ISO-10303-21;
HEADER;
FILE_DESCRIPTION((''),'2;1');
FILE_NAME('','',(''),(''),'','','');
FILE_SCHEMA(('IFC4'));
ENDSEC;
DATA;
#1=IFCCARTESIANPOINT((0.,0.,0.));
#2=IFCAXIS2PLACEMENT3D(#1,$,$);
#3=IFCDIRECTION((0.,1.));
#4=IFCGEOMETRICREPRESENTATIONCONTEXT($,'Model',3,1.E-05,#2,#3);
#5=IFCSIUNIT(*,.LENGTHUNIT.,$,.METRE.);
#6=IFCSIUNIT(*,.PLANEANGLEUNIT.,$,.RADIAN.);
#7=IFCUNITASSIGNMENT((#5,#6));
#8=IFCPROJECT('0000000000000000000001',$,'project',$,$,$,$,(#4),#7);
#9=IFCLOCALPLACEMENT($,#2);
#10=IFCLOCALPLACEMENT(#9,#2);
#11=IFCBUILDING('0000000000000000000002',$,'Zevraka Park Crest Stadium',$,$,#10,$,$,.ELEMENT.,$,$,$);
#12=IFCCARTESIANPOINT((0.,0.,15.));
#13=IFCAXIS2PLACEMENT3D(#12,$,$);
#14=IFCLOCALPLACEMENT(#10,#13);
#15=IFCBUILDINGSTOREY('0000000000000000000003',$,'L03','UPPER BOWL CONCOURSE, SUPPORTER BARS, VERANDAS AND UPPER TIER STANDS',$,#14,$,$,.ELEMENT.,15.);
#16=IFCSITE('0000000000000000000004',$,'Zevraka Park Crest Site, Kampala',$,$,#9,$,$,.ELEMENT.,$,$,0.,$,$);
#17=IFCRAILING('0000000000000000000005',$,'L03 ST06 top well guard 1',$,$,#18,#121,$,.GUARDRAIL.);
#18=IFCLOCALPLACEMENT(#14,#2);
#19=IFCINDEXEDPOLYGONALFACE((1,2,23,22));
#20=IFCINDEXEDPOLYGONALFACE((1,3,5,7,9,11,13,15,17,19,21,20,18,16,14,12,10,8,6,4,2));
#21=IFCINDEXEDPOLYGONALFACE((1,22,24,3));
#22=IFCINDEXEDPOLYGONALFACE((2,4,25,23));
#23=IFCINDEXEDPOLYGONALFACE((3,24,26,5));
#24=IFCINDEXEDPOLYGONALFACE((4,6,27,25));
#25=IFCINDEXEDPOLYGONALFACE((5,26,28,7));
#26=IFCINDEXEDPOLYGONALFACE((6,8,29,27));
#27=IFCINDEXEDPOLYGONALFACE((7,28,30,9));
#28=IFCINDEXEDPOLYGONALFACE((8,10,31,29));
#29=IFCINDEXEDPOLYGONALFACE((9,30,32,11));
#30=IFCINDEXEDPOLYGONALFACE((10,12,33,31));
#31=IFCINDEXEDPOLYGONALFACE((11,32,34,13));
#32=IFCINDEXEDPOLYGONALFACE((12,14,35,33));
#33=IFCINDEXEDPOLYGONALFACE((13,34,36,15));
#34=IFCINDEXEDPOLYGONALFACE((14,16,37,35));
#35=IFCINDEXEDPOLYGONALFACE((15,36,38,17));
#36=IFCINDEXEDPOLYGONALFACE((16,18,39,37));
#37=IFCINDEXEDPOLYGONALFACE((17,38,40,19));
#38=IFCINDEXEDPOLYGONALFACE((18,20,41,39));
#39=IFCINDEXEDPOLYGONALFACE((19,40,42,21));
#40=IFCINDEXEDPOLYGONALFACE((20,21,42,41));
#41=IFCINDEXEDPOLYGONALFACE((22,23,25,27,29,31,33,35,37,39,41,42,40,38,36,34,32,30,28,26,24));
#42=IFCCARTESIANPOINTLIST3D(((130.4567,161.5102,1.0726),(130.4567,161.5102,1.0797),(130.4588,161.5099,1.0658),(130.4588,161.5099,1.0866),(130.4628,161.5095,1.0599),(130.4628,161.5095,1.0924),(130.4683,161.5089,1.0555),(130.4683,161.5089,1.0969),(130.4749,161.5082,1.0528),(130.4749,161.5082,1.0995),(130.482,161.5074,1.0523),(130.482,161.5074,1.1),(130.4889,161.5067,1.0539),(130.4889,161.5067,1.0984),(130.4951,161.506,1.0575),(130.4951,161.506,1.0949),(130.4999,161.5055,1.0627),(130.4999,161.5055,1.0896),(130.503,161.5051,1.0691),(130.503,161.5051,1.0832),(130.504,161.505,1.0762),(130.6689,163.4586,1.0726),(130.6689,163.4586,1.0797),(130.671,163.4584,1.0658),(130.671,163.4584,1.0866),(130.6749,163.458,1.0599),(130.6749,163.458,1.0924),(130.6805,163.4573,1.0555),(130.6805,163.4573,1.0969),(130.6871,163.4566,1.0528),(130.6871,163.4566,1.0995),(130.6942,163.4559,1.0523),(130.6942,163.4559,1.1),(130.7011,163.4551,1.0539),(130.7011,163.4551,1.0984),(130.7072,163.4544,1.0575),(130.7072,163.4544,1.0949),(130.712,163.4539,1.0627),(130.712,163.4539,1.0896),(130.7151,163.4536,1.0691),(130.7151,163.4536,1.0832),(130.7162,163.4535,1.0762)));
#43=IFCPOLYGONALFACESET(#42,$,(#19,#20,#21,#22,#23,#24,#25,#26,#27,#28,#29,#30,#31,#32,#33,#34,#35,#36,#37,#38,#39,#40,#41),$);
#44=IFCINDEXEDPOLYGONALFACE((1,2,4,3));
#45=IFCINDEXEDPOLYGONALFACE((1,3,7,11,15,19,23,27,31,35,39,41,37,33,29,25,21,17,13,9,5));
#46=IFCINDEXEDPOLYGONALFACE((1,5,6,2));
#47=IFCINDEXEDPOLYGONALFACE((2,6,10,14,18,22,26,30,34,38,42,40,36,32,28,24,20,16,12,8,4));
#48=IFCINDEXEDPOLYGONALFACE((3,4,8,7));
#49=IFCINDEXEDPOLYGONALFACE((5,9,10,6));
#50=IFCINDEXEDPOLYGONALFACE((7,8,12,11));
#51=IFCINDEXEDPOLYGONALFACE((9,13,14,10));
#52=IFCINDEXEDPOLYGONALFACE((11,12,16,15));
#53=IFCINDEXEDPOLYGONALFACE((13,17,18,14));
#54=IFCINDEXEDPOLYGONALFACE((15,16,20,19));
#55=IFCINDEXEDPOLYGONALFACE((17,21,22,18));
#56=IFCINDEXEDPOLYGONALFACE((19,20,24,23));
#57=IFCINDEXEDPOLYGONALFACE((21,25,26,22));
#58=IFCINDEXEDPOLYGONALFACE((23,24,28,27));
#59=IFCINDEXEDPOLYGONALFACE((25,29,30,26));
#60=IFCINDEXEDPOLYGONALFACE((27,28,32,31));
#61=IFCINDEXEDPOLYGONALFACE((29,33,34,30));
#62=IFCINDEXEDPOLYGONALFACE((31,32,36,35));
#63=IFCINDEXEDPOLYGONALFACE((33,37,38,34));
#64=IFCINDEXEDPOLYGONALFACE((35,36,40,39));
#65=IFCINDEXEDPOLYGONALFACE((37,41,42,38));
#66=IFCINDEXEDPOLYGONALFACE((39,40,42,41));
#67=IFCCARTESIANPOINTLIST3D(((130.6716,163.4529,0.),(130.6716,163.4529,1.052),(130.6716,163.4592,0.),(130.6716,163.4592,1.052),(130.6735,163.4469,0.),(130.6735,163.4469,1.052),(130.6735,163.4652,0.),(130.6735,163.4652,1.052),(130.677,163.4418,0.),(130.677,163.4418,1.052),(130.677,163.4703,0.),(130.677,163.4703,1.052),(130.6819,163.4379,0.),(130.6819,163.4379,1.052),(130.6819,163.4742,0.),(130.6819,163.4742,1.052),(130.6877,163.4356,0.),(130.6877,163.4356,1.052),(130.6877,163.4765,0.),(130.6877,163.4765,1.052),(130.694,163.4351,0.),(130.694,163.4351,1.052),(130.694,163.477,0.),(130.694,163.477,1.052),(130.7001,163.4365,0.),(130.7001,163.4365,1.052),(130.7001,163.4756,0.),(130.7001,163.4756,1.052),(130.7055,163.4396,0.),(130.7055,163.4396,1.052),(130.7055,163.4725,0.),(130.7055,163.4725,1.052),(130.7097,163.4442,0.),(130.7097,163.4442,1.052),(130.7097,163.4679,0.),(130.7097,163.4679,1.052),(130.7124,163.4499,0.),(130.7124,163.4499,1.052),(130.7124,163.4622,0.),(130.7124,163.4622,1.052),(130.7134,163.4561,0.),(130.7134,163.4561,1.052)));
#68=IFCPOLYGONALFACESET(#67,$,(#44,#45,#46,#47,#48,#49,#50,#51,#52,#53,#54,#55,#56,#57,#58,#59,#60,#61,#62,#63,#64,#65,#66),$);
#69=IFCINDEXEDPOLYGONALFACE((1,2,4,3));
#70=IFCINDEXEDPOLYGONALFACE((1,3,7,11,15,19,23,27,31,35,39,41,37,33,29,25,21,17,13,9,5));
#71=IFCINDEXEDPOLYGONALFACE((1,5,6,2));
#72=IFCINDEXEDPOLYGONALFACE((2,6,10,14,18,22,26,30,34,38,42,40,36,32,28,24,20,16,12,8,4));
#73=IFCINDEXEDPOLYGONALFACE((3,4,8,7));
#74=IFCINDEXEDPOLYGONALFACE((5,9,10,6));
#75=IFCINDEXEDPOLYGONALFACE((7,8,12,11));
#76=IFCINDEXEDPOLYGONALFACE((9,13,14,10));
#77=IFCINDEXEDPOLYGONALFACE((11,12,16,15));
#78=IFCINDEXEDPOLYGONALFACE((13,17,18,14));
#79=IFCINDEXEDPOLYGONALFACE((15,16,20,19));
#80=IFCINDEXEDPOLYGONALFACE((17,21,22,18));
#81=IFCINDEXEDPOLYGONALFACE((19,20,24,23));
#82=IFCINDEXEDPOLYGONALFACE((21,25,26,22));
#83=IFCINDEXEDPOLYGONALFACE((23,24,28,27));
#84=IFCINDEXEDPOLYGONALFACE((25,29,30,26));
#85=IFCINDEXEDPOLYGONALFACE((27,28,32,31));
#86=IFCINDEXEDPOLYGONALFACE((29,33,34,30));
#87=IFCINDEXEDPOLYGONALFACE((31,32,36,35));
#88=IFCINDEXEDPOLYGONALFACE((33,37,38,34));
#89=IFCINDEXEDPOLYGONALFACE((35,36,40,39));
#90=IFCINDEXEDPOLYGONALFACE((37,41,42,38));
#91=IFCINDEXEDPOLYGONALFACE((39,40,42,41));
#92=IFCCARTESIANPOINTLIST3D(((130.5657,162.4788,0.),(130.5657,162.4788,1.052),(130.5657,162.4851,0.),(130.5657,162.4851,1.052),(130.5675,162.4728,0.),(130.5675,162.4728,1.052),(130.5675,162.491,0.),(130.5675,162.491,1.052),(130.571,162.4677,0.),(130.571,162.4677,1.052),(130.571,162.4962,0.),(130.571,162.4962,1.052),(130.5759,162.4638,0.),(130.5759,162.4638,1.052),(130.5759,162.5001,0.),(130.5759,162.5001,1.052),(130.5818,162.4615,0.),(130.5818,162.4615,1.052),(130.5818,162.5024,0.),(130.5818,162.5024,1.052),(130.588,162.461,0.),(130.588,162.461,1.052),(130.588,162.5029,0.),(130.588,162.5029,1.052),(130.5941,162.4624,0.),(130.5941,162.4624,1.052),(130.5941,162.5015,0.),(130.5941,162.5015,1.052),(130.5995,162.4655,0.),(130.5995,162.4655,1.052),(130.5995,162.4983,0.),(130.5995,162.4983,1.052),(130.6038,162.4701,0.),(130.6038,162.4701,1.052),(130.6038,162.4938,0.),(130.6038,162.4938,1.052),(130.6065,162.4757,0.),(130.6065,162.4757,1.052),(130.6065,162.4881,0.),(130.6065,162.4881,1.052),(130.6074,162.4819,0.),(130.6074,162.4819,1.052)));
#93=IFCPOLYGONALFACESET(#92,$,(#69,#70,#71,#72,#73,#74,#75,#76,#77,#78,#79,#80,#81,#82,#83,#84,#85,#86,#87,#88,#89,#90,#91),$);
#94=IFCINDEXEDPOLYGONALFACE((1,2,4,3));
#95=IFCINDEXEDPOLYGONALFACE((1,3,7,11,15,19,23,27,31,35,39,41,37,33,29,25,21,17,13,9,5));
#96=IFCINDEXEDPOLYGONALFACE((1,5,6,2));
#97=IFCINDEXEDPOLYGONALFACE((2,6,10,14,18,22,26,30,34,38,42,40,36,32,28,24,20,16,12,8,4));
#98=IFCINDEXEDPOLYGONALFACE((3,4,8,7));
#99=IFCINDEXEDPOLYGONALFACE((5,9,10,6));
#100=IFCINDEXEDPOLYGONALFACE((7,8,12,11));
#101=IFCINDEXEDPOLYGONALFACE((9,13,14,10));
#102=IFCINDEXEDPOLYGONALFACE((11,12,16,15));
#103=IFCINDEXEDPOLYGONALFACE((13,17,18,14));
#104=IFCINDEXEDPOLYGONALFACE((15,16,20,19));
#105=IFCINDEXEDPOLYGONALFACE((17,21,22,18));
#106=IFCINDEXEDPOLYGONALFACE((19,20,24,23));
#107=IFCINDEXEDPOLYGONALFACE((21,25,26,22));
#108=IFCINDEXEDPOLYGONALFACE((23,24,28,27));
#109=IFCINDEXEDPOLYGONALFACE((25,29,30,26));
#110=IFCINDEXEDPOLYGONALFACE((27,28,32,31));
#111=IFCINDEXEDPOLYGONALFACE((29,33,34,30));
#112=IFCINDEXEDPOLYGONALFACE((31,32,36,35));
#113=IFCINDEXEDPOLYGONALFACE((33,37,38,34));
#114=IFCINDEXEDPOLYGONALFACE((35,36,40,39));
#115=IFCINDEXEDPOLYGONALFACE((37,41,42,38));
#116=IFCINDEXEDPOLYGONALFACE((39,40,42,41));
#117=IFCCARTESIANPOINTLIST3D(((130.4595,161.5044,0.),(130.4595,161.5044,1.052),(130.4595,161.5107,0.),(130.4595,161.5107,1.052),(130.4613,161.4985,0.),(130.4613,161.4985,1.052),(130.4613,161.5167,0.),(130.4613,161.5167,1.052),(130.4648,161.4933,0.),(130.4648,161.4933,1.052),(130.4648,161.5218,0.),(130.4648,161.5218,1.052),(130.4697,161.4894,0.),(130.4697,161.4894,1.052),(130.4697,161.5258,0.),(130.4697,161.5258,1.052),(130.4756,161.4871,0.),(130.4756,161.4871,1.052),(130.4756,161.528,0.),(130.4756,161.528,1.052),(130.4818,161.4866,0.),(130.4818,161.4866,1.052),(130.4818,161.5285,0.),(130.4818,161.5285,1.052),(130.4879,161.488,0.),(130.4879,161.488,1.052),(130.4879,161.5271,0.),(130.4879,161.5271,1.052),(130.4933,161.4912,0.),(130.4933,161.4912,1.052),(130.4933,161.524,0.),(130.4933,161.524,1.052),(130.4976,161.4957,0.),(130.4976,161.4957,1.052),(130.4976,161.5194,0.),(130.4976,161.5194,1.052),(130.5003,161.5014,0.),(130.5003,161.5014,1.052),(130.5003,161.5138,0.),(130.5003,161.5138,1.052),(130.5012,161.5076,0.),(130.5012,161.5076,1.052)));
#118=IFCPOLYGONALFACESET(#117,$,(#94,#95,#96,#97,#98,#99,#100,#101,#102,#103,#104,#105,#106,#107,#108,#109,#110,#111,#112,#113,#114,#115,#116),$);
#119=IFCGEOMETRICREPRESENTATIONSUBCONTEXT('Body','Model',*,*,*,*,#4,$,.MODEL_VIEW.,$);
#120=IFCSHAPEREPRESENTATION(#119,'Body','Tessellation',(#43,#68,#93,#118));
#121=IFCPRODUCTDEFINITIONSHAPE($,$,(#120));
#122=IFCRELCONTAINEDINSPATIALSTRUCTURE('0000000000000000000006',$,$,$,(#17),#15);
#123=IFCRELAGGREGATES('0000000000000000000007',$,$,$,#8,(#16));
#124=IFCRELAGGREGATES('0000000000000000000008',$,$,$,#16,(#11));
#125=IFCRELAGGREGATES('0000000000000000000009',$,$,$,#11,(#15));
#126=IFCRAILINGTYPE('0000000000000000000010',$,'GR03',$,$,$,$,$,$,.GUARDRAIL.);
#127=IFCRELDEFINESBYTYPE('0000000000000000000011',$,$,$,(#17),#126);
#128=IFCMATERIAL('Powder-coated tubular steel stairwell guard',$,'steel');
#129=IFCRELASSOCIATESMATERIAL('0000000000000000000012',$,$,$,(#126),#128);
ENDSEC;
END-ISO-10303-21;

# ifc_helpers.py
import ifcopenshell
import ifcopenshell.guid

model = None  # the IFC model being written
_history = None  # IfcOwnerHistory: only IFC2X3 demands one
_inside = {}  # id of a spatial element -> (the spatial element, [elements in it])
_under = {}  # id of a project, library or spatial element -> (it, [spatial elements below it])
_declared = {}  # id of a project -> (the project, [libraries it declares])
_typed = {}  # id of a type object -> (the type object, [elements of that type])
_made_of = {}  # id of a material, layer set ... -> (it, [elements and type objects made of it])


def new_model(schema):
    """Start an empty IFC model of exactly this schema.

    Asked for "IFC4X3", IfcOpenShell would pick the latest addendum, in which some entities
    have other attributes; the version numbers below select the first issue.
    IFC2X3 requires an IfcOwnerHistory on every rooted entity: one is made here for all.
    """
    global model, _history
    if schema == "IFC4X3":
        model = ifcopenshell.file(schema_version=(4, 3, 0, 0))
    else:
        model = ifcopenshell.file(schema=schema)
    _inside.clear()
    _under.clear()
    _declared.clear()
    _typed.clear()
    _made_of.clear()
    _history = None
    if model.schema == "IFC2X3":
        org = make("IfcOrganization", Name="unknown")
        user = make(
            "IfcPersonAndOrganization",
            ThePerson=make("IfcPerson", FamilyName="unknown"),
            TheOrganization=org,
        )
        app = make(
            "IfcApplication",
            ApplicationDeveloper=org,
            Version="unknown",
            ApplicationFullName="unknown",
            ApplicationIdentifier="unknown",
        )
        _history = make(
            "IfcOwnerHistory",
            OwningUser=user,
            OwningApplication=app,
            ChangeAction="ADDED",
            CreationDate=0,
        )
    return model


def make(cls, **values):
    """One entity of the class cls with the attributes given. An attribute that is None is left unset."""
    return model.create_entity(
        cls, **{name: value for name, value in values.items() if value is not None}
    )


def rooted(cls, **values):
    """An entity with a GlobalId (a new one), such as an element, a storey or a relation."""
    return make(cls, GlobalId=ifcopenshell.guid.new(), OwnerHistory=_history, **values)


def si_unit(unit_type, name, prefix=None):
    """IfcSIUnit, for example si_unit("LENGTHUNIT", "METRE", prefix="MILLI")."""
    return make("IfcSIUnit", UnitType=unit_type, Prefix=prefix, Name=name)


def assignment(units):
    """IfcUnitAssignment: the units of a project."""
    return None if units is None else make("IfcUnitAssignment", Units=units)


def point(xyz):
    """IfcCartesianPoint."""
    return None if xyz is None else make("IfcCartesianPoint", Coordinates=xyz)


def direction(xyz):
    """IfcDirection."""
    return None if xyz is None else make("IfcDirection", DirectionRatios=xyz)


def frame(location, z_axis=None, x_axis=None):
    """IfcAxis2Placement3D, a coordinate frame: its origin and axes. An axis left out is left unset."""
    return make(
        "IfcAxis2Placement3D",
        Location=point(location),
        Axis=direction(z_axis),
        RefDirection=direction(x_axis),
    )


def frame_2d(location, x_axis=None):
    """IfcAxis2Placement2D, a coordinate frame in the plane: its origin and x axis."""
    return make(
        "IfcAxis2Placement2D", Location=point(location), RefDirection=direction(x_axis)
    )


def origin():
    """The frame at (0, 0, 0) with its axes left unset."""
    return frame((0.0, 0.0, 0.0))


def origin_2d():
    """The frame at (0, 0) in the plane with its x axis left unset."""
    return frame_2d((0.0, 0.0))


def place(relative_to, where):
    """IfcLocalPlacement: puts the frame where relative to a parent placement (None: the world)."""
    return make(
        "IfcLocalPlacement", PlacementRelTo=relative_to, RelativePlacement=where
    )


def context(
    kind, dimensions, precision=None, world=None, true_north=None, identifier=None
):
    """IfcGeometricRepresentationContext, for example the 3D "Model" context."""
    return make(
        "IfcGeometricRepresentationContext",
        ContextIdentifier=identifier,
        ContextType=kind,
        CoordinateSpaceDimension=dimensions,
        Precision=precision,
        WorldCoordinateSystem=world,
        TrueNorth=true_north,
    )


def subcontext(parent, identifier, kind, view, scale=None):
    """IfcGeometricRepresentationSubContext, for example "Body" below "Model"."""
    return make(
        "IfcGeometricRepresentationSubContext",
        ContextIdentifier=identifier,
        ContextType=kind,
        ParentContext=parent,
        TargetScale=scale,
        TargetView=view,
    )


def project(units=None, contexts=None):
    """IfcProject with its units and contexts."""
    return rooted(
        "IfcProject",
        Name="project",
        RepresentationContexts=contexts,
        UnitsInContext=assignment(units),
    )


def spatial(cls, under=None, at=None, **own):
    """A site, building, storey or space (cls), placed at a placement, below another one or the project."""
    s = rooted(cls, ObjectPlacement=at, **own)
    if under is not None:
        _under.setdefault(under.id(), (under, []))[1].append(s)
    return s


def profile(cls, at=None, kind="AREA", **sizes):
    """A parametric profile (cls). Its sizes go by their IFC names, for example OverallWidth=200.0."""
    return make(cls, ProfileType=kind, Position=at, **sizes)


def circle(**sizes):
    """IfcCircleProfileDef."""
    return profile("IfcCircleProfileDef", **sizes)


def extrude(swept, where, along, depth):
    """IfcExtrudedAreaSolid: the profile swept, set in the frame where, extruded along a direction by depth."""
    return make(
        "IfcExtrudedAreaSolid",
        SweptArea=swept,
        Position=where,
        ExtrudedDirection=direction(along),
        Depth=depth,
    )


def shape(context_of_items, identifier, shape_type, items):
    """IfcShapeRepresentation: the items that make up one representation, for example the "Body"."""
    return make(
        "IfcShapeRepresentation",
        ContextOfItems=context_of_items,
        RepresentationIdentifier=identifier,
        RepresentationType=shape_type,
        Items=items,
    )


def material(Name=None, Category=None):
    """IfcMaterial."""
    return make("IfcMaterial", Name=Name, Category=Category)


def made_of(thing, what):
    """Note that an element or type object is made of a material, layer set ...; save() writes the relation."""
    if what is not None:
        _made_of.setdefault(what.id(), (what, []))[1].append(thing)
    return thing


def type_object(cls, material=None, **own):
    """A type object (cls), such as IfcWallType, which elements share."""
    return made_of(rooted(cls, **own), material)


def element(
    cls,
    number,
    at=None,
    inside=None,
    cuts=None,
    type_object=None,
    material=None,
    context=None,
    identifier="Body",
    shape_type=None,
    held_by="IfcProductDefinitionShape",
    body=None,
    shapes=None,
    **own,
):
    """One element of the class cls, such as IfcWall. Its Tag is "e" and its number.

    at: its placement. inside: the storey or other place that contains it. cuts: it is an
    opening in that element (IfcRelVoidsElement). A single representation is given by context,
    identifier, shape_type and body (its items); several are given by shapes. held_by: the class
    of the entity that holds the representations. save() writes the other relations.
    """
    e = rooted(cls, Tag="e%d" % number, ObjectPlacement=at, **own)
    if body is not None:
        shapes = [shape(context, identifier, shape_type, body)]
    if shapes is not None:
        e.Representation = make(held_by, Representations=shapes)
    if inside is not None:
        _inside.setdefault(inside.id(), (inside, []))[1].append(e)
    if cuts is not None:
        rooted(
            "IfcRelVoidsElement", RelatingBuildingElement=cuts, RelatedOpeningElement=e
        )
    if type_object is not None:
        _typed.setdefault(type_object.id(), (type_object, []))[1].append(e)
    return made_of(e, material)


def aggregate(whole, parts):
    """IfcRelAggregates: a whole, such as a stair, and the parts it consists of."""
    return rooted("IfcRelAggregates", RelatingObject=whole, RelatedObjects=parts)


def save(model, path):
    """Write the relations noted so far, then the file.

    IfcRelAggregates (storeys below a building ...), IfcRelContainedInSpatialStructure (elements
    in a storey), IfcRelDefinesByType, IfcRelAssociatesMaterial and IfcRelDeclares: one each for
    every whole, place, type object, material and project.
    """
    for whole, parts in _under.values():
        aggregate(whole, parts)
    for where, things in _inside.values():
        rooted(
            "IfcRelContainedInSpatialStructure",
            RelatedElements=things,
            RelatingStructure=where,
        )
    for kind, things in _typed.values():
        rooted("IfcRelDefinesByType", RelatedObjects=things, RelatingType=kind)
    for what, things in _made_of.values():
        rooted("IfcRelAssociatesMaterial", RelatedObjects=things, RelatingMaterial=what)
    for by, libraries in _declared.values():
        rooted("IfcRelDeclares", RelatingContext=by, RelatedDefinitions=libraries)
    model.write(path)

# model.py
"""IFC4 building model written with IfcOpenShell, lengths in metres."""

from ifc_helpers import new_model, si_unit, direction, frame, origin, origin_2d, place, context, subcontext, project, spatial, circle, extrude, material, type_object, element, save


model = new_model("IFC4")

# Units and contexts
model_context = context("Model", 3, precision=1e-05, world=origin(), true_north=direction((0.0, 1.0)))
body_context = subcontext(model_context, "Body", "Model", "MODEL_VIEW")
ifc_project = project(units=[si_unit("LENGTHUNIT", "METRE"), si_unit("PLANEANGLEUNIT", "RADIAN")], contexts=[model_context])

# Site, building, storey
site_placement = place(None, origin())
site = spatial("IfcSite", under=ifc_project, at=site_placement, Name="Zevraka Park Crest Site, Kampala", CompositionType="ELEMENT", RefElevation=0.0)
building_placement = place(site_placement, origin())
building = spatial("IfcBuilding", under=site, at=building_placement, Name="Zevraka Park Crest Stadium", CompositionType="ELEMENT")
storey_placement = place(building_placement, frame((0.0, 0.0, 15.0)))
storey = spatial("IfcBuildingStorey", under=building, at=storey_placement, Name="L03", Description="UPPER BOWL CONCOURSE, SUPPORTER BARS, VERANDAS AND UPPER TIER STANDS", CompositionType="ELEMENT", Elevation=15.0)

# Railing
ifc_material_1 = material(Name="Powder-coated tubular steel stairwell guard", Category="steel")
railing_type_1 = type_object("IfcRailingType", Name="GR03", PredefinedType="GUARDRAIL", material=ifc_material_1)
railing_1_placement = place(storey_placement, frame((130.6924, 163.4561, 0.0)))
element("IfcRailing", 1, at=railing_1_placement, inside=storey, type_object=railing_type_1, Name="L03 ST06 top well guard 1", PredefinedType="GUARDRAIL", context=body_context, shape_type="SweptSolid", body=[
    extrude(circle(Radius=0.0239, at=origin_2d()), frame((0.0, 0.0, 1.0762), z_axis=(-0.108244, -0.994124, 0.0), x_axis=(0.994124, -0.108244, 0.0)), (0.0, 0.0, 1.0), 1.96),
    extrude(circle(Radius=0.021, at=origin_2d()), origin(), (0.0, 0.0, 1.0), 1.052),
    extrude(circle(Radius=0.021, at=origin_2d()), frame((-0.106, -0.9741, 0.0)), (0.0, 0.0, 1.0), 1.052),
    extrude(circle(Radius=0.021, at=origin_2d()), frame((-0.2122, -1.9485, 0.0)), (0.0, 0.0, 1.0), 1.052),
])

save(model, "model.ifc")
